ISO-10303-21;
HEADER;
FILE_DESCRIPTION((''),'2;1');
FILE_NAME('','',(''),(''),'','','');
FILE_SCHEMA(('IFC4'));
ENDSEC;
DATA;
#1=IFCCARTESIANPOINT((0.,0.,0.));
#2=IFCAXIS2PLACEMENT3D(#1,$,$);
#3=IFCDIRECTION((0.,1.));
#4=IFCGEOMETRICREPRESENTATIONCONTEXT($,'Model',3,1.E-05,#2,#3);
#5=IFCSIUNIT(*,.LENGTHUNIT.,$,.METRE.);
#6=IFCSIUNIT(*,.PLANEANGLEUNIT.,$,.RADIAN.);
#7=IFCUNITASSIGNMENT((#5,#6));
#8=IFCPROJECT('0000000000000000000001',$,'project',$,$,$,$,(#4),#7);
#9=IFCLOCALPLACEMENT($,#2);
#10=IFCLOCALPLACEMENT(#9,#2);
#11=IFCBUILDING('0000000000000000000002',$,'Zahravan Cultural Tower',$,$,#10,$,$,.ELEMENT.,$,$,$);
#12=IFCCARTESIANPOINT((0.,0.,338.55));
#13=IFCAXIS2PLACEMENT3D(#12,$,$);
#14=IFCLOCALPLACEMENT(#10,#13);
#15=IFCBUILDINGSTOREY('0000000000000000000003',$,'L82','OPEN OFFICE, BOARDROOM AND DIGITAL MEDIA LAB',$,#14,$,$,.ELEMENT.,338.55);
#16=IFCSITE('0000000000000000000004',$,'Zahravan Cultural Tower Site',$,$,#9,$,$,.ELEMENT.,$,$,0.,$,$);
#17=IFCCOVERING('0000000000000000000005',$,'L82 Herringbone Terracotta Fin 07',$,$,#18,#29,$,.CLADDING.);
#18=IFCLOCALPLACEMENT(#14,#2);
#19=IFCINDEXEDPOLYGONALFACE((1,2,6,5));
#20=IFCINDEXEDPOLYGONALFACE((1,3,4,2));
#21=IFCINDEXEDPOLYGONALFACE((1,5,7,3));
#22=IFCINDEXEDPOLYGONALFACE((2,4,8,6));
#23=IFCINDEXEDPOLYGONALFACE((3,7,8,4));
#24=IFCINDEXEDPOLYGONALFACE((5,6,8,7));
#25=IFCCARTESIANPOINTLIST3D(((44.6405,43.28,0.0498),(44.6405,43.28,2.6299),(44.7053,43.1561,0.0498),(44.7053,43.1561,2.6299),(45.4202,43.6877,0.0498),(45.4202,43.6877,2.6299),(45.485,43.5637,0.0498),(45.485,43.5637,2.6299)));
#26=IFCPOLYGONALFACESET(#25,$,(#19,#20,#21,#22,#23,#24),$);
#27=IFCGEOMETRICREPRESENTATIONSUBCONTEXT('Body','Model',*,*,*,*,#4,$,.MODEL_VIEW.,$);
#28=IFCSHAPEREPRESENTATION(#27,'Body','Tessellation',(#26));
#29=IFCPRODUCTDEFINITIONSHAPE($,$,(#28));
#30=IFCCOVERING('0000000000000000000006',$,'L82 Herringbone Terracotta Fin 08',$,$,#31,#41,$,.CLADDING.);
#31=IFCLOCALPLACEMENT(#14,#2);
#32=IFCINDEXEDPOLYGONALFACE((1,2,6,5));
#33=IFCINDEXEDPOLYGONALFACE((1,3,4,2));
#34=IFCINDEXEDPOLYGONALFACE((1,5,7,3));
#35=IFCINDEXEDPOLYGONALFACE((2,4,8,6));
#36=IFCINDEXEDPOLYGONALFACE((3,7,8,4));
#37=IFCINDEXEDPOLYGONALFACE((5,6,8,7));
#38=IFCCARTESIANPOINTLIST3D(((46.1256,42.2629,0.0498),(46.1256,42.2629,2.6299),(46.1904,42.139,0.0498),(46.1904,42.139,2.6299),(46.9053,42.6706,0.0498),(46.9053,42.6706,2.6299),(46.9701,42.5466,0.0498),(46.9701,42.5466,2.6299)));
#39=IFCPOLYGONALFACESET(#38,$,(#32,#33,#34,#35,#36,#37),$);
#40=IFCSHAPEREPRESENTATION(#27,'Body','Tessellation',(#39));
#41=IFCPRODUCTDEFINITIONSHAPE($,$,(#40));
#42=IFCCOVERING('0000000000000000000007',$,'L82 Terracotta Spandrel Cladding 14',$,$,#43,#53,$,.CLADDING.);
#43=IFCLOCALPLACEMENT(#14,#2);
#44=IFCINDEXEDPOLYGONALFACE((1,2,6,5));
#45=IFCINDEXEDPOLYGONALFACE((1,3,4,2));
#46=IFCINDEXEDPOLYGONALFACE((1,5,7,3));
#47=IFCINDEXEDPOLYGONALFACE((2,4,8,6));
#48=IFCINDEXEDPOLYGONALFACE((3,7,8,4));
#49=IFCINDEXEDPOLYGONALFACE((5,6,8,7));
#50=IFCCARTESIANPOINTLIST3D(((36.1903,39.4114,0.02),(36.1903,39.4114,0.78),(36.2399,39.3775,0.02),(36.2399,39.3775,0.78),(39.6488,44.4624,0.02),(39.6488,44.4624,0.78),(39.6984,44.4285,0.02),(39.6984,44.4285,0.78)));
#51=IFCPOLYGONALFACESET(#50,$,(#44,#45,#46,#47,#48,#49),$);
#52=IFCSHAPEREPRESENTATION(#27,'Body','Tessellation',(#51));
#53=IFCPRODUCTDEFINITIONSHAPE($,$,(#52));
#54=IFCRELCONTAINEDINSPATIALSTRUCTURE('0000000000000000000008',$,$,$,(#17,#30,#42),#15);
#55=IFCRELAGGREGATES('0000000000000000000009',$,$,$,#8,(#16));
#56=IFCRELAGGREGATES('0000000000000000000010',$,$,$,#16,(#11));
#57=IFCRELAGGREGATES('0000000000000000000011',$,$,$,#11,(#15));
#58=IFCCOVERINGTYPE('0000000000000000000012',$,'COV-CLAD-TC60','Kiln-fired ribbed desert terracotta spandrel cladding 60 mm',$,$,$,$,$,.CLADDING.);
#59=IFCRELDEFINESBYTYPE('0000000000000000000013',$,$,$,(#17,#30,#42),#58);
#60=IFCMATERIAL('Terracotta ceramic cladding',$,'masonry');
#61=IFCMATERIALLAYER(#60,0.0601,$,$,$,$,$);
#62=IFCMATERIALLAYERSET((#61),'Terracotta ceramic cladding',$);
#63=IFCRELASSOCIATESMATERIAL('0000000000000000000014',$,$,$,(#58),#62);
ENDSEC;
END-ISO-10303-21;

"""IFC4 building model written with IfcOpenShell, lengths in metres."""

from ifc_helpers import new_model, si_unit, direction, frame, origin, origin_2d, place, context, subcontext, project, spatial, rectangle, extrude, source, transform, mapped, material, layer, layer_set, type_object, element, save


model = new_model("IFC4")

# Units and contexts
model_context = context("Model", 3, precision=1e-05, world=origin(), true_north=direction((0.0, 1.0)))
body_context = subcontext(model_context, "Body", "Model", "MODEL_VIEW")
ifc_project = project(units=[si_unit("LENGTHUNIT", "METRE"), si_unit("PLANEANGLEUNIT", "RADIAN")], contexts=[model_context])

# Site, building, storey
site_placement = place(None, origin())
site = spatial("IfcSite", under=ifc_project, at=site_placement, Name="Zahravan Cultural Tower Site", CompositionType="ELEMENT", RefElevation=0.0)
building_placement = place(site_placement, origin())
building = spatial("IfcBuilding", under=site, at=building_placement, Name="Zahravan Cultural Tower", CompositionType="ELEMENT")
storey_placement = place(building_placement, frame((0.0, 0.0, 338.55)))
storey = spatial("IfcBuildingStorey", under=building, at=storey_placement, Name="L82", Description="OPEN OFFICE, BOARDROOM AND DIGITAL MEDIA LAB", CompositionType="ELEMENT", Elevation=338.55)

# Coverings
ifc_material_1 = material(Name="Terracotta ceramic cladding", Category="masonry")
ifc_layer_1 = layer(ifc_material_1, 0.0601)
ifc_layer_set_1 = layer_set([ifc_layer_1], Name="Terracotta ceramic cladding")
covering_type = type_object("IfcCoveringType", Name="COV-CLAD-TC60", Description="Kiln-fired ribbed desert terracotta spandrel cladding 60 mm", PredefinedType="CLADDING", material=ifc_layer_set_1)
shared_shape_1 = source(origin(), body_context, "Body", "SweptSolid", [
    extrude(rectangle(XDim=0.8799, YDim=0.1399, at=origin_2d()), origin(), (0.0, 0.0, 1.0), 2.5801),
])
for number, where, z_axis, x_axis, name in (
    (1, (45.0627, 43.4219, 0.0498), (0.0, 0.0, 1.0), (0.886195, 0.463312, 0.0), "L82 Herringbone Terracotta Fin 07"),
    (2, (46.5479, 42.4048, 0.0498), (0.0, 0.0, 1.0), (0.886195, 0.463312, 0.0), "L82 Herringbone Terracotta Fin 08"),
):
    element("IfcCovering", number, at=place(storey_placement, frame(where, z_axis=z_axis, x_axis=x_axis)), inside=storey, type_object=covering_type, Name=name, PredefinedType="CLADDING", context=body_context, shape_type="MappedRepresentation", body=[
        mapped(shared_shape_1, transform((0.0, 0.0, 0.0), x_axis=(1.0, 0.0, 0.0), y_axis=(0.0, 1.0, 0.0), z_axis=(0.0, 0.0, 1.0), scale=1.0)),
    ])
shared_shape_2 = source(origin(), body_context, "Body", "SweptSolid", [
    extrude(rectangle(XDim=6.1216, YDim=0.0601, at=origin_2d()), origin(), (0.0, 0.0, 1.0), 0.76),
])
covering_1_placement = place(storey_placement, frame((37.9443, 41.9199, 0.02), z_axis=(0.0, 0.0, 1.0), x_axis=(0.564967, 0.825113, 0.0)))
element("IfcCovering", 3, at=covering_1_placement, inside=storey, type_object=covering_type, Name="L82 Terracotta Spandrel Cladding 14", PredefinedType="CLADDING", context=body_context, shape_type="MappedRepresentation", body=[
    mapped(shared_shape_2, transform((0.0, 0.0, 0.0), x_axis=(1.0, 0.0, 0.0), y_axis=(0.0, 1.0, 0.0), z_axis=(0.0, 0.0, 1.0), scale=1.0)),
])

save(model, "model.ifc")
